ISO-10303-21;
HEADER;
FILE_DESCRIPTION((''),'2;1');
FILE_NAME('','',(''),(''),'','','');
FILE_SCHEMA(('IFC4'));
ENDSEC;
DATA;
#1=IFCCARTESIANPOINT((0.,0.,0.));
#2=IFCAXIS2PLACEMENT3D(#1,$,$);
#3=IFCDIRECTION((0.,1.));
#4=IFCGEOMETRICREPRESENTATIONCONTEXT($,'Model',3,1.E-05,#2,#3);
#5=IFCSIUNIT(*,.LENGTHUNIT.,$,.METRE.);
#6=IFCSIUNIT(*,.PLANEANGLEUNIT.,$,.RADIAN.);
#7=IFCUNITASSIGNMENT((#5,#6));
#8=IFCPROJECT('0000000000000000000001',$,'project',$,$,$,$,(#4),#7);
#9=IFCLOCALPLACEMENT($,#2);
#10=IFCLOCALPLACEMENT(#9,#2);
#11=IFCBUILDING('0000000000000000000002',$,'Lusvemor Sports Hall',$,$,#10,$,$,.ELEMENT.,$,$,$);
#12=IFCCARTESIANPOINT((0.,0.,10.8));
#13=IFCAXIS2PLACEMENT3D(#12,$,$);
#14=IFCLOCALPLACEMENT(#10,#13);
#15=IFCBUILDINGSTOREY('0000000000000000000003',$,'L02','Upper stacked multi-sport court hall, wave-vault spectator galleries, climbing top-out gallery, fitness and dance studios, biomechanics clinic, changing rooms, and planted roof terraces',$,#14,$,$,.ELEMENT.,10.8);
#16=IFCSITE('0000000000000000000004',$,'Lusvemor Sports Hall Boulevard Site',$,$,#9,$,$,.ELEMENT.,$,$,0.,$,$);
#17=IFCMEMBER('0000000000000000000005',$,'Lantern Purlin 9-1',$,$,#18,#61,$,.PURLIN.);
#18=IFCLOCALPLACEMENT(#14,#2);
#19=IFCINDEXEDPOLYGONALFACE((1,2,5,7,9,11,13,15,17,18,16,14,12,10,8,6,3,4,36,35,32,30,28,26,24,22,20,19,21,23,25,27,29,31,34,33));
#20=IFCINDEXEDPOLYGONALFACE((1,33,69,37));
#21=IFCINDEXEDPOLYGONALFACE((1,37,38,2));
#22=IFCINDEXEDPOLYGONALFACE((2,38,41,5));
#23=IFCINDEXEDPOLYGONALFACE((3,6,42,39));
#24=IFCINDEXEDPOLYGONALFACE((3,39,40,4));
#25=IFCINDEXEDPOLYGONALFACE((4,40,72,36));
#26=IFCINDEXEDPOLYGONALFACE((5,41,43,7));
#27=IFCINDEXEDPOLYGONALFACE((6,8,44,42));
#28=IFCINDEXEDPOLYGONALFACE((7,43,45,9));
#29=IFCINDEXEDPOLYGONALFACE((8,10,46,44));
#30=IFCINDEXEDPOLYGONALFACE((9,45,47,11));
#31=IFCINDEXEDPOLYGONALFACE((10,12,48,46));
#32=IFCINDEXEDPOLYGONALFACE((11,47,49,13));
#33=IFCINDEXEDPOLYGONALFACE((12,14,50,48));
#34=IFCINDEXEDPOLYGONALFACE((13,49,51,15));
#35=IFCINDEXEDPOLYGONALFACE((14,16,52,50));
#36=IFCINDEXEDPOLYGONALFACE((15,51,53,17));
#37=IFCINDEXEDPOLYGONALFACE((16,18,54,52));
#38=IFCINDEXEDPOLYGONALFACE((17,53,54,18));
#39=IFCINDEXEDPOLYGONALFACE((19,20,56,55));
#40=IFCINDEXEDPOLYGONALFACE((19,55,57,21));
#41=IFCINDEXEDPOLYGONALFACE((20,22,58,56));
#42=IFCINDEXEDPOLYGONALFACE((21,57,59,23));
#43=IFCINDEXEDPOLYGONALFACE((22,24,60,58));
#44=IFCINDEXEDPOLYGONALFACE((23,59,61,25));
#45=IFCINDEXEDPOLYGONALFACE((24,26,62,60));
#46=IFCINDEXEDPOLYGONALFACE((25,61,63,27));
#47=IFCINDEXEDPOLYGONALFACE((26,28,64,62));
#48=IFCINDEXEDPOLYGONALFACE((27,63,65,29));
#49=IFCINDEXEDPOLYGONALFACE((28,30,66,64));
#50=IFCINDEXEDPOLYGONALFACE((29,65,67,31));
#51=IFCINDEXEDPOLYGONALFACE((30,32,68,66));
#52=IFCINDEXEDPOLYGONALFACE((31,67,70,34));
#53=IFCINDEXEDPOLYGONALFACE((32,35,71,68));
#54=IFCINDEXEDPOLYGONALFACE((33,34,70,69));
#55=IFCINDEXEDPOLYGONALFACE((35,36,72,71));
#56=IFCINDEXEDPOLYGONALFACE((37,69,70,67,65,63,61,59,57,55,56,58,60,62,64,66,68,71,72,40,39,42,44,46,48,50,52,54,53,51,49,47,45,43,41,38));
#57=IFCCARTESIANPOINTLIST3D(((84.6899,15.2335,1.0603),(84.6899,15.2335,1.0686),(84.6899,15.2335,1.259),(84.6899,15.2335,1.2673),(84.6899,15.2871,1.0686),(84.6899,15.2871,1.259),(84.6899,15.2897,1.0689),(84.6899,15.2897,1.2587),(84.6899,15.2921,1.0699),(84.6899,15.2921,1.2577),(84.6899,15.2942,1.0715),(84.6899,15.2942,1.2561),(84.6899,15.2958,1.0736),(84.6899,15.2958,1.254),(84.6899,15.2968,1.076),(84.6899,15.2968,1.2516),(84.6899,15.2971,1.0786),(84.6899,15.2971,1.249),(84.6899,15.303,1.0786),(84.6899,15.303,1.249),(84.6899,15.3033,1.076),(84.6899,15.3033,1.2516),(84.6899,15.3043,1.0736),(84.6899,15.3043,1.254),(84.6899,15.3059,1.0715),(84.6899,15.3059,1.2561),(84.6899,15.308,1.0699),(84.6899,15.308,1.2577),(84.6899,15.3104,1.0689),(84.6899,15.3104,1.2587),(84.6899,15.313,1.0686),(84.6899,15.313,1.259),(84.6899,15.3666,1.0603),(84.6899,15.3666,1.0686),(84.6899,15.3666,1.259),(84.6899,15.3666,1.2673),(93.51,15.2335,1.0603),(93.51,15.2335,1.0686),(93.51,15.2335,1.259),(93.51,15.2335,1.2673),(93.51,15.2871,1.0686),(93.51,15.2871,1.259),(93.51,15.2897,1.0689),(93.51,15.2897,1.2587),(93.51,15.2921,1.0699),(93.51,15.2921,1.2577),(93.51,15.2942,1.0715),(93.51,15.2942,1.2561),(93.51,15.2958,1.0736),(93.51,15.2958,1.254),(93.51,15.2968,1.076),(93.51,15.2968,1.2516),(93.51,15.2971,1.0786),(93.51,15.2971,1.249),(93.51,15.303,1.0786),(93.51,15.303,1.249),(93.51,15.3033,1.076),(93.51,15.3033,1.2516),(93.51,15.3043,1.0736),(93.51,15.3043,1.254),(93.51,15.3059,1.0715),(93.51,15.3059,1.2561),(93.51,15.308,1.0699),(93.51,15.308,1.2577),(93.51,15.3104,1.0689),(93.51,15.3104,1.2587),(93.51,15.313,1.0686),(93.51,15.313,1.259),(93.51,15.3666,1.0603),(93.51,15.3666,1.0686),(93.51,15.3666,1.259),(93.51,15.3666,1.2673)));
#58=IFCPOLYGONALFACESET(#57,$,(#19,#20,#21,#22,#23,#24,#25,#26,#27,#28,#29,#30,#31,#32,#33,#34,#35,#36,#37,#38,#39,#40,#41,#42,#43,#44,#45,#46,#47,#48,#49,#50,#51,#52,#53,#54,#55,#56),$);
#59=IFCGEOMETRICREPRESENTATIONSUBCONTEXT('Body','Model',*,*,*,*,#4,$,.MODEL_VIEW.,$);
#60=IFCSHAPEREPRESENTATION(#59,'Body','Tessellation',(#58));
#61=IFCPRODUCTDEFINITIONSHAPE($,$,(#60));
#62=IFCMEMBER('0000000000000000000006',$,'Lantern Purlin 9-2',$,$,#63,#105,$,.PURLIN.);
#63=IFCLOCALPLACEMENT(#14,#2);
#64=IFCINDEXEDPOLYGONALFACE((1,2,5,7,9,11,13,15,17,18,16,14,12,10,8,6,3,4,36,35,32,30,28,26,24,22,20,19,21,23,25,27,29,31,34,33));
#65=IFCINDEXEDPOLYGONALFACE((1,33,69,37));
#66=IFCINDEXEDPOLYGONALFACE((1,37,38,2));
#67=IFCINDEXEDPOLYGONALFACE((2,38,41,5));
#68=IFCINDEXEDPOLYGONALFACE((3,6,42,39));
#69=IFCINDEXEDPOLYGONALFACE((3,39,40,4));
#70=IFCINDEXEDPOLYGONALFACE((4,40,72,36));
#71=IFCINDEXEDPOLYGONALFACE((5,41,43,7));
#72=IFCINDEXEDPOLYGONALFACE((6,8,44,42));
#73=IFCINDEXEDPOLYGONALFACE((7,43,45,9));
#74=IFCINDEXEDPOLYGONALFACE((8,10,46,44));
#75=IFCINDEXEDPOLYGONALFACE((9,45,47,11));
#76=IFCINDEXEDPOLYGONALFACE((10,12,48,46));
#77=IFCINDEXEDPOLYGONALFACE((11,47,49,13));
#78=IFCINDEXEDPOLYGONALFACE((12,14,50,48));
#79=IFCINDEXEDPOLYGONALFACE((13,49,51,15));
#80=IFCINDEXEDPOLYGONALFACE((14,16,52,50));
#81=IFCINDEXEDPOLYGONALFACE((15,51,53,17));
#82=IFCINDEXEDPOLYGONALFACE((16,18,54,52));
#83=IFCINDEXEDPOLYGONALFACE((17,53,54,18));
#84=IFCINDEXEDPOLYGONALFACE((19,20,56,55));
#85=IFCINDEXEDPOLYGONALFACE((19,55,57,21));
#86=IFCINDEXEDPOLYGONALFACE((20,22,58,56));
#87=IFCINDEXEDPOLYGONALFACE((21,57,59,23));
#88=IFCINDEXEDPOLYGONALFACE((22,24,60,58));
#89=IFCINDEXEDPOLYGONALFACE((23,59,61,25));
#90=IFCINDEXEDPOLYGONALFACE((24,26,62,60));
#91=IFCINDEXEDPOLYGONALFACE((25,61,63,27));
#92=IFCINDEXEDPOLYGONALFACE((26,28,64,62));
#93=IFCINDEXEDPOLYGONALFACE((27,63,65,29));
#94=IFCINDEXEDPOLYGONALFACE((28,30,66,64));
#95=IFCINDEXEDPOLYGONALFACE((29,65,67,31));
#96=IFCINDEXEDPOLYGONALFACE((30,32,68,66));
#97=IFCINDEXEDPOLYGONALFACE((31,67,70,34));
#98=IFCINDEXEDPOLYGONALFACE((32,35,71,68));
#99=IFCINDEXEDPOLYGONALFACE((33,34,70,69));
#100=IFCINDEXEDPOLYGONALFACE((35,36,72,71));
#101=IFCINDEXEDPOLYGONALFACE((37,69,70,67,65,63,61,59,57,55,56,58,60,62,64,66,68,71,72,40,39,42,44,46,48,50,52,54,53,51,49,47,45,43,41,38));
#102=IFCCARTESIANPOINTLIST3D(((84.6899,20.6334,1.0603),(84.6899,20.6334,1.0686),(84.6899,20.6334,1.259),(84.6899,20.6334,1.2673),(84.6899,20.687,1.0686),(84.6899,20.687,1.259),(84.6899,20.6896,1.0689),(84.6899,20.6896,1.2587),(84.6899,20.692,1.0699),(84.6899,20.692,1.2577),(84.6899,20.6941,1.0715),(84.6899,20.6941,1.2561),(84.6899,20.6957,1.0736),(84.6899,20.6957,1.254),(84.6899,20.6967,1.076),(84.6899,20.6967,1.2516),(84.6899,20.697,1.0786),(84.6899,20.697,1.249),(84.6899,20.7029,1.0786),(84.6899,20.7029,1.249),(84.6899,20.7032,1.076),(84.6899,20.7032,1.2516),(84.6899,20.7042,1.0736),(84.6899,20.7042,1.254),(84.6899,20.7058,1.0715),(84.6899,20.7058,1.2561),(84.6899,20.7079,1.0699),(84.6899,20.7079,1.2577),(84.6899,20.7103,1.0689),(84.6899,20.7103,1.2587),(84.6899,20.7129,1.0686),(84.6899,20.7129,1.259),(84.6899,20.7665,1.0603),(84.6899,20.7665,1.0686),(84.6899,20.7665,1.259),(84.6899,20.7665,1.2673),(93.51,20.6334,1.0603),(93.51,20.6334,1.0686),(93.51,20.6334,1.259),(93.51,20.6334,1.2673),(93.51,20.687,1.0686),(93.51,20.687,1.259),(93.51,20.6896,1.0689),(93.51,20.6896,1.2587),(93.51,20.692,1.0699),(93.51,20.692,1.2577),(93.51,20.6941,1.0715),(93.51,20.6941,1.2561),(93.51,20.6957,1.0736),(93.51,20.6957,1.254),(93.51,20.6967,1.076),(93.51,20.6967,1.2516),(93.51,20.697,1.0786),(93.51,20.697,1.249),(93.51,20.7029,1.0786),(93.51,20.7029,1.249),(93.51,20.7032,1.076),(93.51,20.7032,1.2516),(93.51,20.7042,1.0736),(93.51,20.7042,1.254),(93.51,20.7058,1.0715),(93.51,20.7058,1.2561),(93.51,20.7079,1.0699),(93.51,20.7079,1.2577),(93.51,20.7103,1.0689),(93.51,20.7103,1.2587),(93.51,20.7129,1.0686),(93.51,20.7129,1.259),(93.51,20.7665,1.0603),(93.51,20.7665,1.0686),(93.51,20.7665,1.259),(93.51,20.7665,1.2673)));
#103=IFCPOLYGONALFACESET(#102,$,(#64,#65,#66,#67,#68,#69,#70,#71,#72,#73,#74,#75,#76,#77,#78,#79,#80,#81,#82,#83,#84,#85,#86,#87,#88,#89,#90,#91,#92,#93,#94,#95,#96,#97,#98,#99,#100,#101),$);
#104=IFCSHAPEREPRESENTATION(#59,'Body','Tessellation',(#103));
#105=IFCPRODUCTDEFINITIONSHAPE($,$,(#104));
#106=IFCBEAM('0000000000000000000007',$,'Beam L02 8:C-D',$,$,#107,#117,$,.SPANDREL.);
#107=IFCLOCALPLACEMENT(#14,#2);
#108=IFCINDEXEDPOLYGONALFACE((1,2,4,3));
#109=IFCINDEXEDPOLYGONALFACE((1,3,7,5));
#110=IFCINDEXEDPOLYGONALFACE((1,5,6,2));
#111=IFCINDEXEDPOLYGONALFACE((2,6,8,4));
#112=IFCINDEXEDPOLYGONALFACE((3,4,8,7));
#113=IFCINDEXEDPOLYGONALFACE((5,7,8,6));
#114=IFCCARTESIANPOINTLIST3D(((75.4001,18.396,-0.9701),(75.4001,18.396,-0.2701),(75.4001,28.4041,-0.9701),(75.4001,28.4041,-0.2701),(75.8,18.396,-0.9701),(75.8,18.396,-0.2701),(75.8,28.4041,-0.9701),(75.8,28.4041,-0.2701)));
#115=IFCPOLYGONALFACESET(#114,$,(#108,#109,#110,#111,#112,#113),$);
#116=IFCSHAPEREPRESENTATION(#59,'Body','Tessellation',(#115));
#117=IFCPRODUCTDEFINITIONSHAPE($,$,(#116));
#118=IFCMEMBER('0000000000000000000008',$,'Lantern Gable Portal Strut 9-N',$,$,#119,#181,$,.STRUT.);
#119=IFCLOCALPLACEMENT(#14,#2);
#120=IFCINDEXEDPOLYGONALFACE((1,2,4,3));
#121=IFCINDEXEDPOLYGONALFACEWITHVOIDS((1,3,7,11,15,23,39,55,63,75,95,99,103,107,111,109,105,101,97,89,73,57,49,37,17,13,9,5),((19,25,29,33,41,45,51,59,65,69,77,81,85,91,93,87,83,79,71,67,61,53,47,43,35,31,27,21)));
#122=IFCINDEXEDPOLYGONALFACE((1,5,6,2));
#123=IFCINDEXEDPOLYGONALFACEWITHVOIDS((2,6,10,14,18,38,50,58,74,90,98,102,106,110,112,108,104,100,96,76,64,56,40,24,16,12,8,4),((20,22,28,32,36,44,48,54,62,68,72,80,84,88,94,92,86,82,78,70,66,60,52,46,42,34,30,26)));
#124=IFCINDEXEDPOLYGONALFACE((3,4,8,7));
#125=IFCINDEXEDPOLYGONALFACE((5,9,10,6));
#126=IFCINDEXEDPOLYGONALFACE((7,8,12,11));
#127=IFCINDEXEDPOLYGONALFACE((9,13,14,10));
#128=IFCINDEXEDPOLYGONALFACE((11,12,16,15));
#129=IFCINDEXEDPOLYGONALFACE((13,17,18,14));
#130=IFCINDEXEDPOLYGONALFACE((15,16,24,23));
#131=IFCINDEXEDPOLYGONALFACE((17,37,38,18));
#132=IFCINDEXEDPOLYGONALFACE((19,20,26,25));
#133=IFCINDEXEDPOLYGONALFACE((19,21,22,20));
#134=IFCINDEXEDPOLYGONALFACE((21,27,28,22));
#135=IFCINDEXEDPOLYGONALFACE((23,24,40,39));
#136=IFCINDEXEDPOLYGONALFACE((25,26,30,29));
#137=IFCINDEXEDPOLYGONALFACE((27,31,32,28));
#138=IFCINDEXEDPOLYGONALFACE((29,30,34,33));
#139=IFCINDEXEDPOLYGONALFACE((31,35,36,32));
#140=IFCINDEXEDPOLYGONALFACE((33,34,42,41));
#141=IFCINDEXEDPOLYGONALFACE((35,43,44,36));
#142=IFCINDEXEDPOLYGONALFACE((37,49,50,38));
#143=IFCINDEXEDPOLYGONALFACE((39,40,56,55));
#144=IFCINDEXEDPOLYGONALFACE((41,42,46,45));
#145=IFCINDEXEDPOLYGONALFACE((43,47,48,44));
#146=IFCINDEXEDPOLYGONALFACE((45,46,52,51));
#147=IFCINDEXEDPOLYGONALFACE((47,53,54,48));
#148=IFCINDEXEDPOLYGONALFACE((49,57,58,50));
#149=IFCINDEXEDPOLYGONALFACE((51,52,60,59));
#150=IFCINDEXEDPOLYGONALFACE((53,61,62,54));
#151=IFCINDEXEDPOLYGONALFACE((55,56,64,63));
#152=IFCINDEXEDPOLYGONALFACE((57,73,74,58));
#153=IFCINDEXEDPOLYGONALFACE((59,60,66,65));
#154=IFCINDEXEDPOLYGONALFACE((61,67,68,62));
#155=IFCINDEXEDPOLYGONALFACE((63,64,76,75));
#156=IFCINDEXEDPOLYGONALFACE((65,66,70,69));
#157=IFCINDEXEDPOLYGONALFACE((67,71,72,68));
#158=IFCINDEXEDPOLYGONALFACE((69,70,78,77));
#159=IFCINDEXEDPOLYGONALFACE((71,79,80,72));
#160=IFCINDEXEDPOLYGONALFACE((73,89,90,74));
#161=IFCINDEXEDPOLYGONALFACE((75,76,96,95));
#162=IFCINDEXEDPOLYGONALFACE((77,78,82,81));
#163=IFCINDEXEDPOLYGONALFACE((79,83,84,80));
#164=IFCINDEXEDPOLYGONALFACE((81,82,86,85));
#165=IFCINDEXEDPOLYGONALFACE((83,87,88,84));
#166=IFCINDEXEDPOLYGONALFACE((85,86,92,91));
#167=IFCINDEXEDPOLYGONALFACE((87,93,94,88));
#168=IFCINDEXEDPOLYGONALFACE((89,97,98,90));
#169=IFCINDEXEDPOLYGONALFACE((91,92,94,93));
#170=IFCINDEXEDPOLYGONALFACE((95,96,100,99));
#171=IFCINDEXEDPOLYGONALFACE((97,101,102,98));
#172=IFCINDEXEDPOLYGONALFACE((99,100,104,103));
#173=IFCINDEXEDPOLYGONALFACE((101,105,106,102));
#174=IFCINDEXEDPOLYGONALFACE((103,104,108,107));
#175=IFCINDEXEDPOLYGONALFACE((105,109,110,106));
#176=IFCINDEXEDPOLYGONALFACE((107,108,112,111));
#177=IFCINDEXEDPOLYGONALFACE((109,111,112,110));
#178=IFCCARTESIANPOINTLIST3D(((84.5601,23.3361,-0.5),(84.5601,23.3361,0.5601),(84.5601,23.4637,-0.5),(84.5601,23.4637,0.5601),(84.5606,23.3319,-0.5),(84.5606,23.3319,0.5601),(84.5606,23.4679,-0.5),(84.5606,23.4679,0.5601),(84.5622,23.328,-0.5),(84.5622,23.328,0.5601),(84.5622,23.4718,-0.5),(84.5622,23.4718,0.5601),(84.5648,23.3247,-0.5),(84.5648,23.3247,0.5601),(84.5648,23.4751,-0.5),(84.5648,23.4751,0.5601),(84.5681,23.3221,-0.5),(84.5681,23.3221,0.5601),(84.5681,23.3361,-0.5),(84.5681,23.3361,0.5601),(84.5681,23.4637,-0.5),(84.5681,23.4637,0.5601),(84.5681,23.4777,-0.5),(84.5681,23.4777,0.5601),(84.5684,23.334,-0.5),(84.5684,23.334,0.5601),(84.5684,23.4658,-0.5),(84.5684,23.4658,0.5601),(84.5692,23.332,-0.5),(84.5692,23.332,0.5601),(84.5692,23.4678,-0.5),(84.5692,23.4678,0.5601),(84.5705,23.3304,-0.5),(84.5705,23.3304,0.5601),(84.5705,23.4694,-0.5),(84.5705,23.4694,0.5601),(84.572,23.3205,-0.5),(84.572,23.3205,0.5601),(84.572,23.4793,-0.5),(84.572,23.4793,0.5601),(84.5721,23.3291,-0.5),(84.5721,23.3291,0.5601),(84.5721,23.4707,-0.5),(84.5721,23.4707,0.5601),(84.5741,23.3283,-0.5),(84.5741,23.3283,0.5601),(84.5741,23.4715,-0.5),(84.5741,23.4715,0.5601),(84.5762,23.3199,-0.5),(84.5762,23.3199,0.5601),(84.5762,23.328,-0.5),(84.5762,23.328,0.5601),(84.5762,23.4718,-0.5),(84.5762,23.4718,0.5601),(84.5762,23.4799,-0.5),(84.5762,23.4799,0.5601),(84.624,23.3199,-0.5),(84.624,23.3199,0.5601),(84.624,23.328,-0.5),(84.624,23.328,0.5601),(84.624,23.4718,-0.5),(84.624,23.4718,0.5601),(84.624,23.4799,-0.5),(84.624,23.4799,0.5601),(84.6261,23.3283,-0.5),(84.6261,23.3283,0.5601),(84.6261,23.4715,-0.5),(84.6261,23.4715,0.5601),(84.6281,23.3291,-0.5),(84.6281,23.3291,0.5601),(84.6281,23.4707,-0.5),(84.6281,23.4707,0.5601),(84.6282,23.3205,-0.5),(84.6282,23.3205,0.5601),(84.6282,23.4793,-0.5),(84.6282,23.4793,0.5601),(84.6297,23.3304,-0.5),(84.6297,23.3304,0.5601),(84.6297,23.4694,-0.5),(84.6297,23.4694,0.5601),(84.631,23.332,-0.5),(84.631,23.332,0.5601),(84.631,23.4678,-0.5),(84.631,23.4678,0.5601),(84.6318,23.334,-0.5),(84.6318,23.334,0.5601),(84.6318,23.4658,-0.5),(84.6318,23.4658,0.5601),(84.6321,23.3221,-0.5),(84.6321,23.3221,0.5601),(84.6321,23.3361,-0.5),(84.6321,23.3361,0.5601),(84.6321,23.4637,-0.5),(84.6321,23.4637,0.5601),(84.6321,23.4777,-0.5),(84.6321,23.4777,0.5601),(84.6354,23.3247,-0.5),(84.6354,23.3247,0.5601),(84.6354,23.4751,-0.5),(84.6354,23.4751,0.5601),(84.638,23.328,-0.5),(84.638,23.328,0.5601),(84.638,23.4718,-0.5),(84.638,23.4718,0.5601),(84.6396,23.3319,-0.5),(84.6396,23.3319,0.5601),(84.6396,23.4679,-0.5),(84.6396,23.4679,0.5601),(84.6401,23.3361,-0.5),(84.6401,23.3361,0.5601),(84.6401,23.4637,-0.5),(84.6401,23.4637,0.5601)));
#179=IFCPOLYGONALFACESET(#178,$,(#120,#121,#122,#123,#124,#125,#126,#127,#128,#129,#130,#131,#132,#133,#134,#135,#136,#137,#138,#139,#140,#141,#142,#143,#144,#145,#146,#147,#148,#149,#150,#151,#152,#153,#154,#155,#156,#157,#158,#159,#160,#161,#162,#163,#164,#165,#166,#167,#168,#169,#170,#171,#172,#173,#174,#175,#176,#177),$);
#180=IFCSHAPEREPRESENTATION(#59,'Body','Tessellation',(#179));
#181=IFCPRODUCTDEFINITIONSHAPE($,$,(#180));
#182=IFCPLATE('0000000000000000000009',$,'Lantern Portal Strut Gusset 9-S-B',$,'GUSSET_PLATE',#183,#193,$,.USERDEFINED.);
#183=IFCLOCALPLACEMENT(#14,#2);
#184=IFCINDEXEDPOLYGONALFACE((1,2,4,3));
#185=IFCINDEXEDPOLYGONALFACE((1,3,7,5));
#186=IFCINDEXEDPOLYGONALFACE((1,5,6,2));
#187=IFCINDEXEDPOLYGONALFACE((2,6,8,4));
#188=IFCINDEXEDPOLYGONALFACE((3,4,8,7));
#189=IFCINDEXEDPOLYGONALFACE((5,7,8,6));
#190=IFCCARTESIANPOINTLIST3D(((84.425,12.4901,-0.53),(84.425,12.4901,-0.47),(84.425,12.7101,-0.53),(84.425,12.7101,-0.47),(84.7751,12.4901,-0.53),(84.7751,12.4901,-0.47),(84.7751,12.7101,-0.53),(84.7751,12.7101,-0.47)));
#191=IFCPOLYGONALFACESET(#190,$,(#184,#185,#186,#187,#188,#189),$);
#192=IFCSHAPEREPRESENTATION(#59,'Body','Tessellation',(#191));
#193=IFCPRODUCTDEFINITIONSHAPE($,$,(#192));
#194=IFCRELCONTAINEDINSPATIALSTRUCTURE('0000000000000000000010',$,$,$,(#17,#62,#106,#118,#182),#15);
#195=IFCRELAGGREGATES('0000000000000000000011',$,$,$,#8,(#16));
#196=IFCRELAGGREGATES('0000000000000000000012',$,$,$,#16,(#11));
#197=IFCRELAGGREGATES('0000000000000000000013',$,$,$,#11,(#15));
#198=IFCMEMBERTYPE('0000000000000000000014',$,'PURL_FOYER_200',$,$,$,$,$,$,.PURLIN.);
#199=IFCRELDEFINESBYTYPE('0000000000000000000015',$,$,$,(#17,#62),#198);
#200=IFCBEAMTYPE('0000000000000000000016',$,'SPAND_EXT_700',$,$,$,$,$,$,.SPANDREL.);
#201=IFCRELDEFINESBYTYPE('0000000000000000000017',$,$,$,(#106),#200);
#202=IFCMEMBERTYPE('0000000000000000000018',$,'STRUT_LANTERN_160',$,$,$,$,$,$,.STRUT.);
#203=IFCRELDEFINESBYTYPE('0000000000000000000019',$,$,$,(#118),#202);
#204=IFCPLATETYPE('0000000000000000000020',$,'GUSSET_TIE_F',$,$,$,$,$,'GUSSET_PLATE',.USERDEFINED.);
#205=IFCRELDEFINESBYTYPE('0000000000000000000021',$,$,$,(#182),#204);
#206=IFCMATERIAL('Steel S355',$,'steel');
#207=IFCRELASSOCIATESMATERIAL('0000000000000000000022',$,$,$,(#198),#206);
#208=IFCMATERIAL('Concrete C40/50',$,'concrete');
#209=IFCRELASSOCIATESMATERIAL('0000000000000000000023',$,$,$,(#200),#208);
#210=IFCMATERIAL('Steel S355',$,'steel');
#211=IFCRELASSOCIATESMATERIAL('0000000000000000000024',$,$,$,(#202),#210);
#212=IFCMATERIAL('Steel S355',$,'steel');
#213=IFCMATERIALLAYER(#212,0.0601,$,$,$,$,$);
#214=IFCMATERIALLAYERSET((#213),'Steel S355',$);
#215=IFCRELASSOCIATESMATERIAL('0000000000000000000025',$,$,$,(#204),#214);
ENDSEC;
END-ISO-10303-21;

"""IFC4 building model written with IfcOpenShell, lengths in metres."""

from ifc_helpers import new_model, si_unit, direction, frame, origin, origin_2d, place, context, subcontext, project, spatial, rectangle, hollow_rectangle, i_section, extrude, material, layer, layer_set, material_profile, profile_set, type_object, element, save


model = new_model("IFC4")

# Units and contexts
model_context = context("Model", 3, precision=1e-05, world=origin(), true_north=direction((0.0, 1.0)))
body_context = subcontext(model_context, "Body", "Model", "MODEL_VIEW")
ifc_project = project(units=[si_unit("LENGTHUNIT", "METRE"), si_unit("PLANEANGLEUNIT", "RADIAN")], contexts=[model_context])

# Site, building, storey
site_placement = place(None, origin())
site = spatial("IfcSite", under=ifc_project, at=site_placement, Name="Lusvemor Sports Hall Boulevard Site", CompositionType="ELEMENT", RefElevation=0.0)
building_placement = place(site_placement, origin())
building = spatial("IfcBuilding", under=site, at=building_placement, Name="Lusvemor Sports Hall", CompositionType="ELEMENT")
storey_placement = place(building_placement, frame((0.0, 0.0, 10.8)))
storey = spatial("IfcBuildingStorey", under=building, at=storey_placement, Name="L02", Description="Upper stacked multi-sport court hall, wave-vault spectator galleries, climbing top-out gallery, fitness and dance studios, biomechanics clinic, changing rooms, and planted roof terraces", CompositionType="ELEMENT", Elevation=10.8)

# Members
ifc_material_1 = material(Name="Steel S355", Category="steel")
ifc_material_profile_1 = material_profile(ifc_material_1, i_section(OverallWidth=0.1331, OverallDepth=0.207, WebThickness=0.0059, FlangeThickness=0.0083, FilletRadius=0.01, at=origin_2d()), Name="W200x26.6")
ifc_profile_set_1 = profile_set([ifc_material_profile_1], Name="Steel S355")
member_type_1 = type_object("IfcMemberType", Name="PURL_FOYER_200", PredefinedType="PURLIN", material=ifc_profile_set_1)
for number, where, z_axis, x_axis, name in (
    (1, (84.6899, 15.3, 1.1638), (1.0, 0.0, 0.0), (0.0, 1.0, 0.0), "Lantern Purlin 9-1"),
    (2, (84.6899, 20.7, 1.1638), (1.0, 0.0, 0.0), (0.0, 1.0, 0.0), "Lantern Purlin 9-2"),
):
    element("IfcMember", number, at=place(storey_placement, frame(where, z_axis=z_axis, x_axis=x_axis)), inside=storey, type_object=member_type_1, Name=name, PredefinedType="PURLIN", context=body_context, shape_type="SweptSolid", body=[
        extrude(i_section(OverallWidth=0.1331, OverallDepth=0.207, WebThickness=0.0059, FlangeThickness=0.0083, FilletRadius=0.01, at=origin_2d()), origin(), (0.0, 0.0, 1.0), 8.8201),
    ])

# Beam
ifc_material_2 = material(Name="Concrete C40/50", Category="concrete")
ifc_material_profile_2 = material_profile(ifc_material_2, rectangle(XDim=0.3999, YDim=0.7, at=origin_2d()), Name="RC400x700")
ifc_profile_set_2 = profile_set([ifc_material_profile_2], Name="Concrete C40/50")
beam_type_1 = type_object("IfcBeamType", Name="SPAND_EXT_700", PredefinedType="SPANDREL", material=ifc_profile_set_2)
beam_1_placement = place(storey_placement, frame((75.6001, 18.396, -0.6201), z_axis=(0.0, 1.0, 0.0), x_axis=(-1.0, 0.0, 0.0)))
element("IfcBeam", 3, at=beam_1_placement, inside=storey, type_object=beam_type_1, Name="Beam L02 8:C-D", PredefinedType="SPANDREL", context=body_context, shape_type="SweptSolid", body=[
    extrude(rectangle(XDim=0.3999, YDim=0.7, at=origin_2d()), origin(), (0.0, 0.0, 1.0), 10.0081),
])

# Member
ifc_material_3 = material(Name="Steel S355", Category="steel")
ifc_material_profile_3 = material_profile(ifc_material_3, hollow_rectangle(XDim=0.0801, YDim=0.1599, WallThickness=0.0081, InnerFilletRadius=0.0081, OuterFilletRadius=0.0161, at=origin_2d()), Name="RHS160x80x8")
ifc_profile_set_3 = profile_set([ifc_material_profile_3], Name="Steel S355")
member_type_2 = type_object("IfcMemberType", Name="STRUT_LANTERN_160", PredefinedType="STRUT", material=ifc_profile_set_3)
member_placement = place(storey_placement, frame((84.6001, 23.3999, -0.5), z_axis=(0.0, 0.0, 1.0), x_axis=(1.0, 0.0, 0.0)))
element("IfcMember", 4, at=member_placement, inside=storey, type_object=member_type_2, Name="Lantern Gable Portal Strut 9-N", PredefinedType="STRUT", context=body_context, shape_type="SweptSolid", body=[
    extrude(hollow_rectangle(XDim=0.0801, YDim=0.1599, WallThickness=0.0081, InnerFilletRadius=0.0081, OuterFilletRadius=0.0161, at=origin_2d()), origin(), (0.0, 0.0, 1.0), 1.0601),
])

# Plate
ifc_material_4 = material(Name="Steel S355", Category="steel")
ifc_layer_1 = layer(ifc_material_4, 0.0601)
ifc_layer_set_1 = layer_set([ifc_layer_1], Name="Steel S355")
plate_type = type_object("IfcPlateType", Name="GUSSET_TIE_F", ElementType="GUSSET_PLATE", PredefinedType="USERDEFINED", material=ifc_layer_set_1)
for number, where, z_axis, x_axis, name in (
    (5, (84.6001, 12.6001, -0.53), (0.0, 0.0, 1.0), (1.0, 0.0, 0.0), "Lantern Portal Strut Gusset 9-S-B"),
):
    element("IfcPlate", number, at=place(storey_placement, frame(where, z_axis=z_axis, x_axis=x_axis)), inside=storey, type_object=plate_type, Name=name, ObjectType="GUSSET_PLATE", PredefinedType="USERDEFINED", context=body_context, shape_type="SweptSolid", body=[
        extrude(rectangle(XDim=0.3501, YDim=0.22, at=origin_2d()), origin(), (0.0, 0.0, 1.0), 0.0601),
    ])

save(model, "model.ifc")
